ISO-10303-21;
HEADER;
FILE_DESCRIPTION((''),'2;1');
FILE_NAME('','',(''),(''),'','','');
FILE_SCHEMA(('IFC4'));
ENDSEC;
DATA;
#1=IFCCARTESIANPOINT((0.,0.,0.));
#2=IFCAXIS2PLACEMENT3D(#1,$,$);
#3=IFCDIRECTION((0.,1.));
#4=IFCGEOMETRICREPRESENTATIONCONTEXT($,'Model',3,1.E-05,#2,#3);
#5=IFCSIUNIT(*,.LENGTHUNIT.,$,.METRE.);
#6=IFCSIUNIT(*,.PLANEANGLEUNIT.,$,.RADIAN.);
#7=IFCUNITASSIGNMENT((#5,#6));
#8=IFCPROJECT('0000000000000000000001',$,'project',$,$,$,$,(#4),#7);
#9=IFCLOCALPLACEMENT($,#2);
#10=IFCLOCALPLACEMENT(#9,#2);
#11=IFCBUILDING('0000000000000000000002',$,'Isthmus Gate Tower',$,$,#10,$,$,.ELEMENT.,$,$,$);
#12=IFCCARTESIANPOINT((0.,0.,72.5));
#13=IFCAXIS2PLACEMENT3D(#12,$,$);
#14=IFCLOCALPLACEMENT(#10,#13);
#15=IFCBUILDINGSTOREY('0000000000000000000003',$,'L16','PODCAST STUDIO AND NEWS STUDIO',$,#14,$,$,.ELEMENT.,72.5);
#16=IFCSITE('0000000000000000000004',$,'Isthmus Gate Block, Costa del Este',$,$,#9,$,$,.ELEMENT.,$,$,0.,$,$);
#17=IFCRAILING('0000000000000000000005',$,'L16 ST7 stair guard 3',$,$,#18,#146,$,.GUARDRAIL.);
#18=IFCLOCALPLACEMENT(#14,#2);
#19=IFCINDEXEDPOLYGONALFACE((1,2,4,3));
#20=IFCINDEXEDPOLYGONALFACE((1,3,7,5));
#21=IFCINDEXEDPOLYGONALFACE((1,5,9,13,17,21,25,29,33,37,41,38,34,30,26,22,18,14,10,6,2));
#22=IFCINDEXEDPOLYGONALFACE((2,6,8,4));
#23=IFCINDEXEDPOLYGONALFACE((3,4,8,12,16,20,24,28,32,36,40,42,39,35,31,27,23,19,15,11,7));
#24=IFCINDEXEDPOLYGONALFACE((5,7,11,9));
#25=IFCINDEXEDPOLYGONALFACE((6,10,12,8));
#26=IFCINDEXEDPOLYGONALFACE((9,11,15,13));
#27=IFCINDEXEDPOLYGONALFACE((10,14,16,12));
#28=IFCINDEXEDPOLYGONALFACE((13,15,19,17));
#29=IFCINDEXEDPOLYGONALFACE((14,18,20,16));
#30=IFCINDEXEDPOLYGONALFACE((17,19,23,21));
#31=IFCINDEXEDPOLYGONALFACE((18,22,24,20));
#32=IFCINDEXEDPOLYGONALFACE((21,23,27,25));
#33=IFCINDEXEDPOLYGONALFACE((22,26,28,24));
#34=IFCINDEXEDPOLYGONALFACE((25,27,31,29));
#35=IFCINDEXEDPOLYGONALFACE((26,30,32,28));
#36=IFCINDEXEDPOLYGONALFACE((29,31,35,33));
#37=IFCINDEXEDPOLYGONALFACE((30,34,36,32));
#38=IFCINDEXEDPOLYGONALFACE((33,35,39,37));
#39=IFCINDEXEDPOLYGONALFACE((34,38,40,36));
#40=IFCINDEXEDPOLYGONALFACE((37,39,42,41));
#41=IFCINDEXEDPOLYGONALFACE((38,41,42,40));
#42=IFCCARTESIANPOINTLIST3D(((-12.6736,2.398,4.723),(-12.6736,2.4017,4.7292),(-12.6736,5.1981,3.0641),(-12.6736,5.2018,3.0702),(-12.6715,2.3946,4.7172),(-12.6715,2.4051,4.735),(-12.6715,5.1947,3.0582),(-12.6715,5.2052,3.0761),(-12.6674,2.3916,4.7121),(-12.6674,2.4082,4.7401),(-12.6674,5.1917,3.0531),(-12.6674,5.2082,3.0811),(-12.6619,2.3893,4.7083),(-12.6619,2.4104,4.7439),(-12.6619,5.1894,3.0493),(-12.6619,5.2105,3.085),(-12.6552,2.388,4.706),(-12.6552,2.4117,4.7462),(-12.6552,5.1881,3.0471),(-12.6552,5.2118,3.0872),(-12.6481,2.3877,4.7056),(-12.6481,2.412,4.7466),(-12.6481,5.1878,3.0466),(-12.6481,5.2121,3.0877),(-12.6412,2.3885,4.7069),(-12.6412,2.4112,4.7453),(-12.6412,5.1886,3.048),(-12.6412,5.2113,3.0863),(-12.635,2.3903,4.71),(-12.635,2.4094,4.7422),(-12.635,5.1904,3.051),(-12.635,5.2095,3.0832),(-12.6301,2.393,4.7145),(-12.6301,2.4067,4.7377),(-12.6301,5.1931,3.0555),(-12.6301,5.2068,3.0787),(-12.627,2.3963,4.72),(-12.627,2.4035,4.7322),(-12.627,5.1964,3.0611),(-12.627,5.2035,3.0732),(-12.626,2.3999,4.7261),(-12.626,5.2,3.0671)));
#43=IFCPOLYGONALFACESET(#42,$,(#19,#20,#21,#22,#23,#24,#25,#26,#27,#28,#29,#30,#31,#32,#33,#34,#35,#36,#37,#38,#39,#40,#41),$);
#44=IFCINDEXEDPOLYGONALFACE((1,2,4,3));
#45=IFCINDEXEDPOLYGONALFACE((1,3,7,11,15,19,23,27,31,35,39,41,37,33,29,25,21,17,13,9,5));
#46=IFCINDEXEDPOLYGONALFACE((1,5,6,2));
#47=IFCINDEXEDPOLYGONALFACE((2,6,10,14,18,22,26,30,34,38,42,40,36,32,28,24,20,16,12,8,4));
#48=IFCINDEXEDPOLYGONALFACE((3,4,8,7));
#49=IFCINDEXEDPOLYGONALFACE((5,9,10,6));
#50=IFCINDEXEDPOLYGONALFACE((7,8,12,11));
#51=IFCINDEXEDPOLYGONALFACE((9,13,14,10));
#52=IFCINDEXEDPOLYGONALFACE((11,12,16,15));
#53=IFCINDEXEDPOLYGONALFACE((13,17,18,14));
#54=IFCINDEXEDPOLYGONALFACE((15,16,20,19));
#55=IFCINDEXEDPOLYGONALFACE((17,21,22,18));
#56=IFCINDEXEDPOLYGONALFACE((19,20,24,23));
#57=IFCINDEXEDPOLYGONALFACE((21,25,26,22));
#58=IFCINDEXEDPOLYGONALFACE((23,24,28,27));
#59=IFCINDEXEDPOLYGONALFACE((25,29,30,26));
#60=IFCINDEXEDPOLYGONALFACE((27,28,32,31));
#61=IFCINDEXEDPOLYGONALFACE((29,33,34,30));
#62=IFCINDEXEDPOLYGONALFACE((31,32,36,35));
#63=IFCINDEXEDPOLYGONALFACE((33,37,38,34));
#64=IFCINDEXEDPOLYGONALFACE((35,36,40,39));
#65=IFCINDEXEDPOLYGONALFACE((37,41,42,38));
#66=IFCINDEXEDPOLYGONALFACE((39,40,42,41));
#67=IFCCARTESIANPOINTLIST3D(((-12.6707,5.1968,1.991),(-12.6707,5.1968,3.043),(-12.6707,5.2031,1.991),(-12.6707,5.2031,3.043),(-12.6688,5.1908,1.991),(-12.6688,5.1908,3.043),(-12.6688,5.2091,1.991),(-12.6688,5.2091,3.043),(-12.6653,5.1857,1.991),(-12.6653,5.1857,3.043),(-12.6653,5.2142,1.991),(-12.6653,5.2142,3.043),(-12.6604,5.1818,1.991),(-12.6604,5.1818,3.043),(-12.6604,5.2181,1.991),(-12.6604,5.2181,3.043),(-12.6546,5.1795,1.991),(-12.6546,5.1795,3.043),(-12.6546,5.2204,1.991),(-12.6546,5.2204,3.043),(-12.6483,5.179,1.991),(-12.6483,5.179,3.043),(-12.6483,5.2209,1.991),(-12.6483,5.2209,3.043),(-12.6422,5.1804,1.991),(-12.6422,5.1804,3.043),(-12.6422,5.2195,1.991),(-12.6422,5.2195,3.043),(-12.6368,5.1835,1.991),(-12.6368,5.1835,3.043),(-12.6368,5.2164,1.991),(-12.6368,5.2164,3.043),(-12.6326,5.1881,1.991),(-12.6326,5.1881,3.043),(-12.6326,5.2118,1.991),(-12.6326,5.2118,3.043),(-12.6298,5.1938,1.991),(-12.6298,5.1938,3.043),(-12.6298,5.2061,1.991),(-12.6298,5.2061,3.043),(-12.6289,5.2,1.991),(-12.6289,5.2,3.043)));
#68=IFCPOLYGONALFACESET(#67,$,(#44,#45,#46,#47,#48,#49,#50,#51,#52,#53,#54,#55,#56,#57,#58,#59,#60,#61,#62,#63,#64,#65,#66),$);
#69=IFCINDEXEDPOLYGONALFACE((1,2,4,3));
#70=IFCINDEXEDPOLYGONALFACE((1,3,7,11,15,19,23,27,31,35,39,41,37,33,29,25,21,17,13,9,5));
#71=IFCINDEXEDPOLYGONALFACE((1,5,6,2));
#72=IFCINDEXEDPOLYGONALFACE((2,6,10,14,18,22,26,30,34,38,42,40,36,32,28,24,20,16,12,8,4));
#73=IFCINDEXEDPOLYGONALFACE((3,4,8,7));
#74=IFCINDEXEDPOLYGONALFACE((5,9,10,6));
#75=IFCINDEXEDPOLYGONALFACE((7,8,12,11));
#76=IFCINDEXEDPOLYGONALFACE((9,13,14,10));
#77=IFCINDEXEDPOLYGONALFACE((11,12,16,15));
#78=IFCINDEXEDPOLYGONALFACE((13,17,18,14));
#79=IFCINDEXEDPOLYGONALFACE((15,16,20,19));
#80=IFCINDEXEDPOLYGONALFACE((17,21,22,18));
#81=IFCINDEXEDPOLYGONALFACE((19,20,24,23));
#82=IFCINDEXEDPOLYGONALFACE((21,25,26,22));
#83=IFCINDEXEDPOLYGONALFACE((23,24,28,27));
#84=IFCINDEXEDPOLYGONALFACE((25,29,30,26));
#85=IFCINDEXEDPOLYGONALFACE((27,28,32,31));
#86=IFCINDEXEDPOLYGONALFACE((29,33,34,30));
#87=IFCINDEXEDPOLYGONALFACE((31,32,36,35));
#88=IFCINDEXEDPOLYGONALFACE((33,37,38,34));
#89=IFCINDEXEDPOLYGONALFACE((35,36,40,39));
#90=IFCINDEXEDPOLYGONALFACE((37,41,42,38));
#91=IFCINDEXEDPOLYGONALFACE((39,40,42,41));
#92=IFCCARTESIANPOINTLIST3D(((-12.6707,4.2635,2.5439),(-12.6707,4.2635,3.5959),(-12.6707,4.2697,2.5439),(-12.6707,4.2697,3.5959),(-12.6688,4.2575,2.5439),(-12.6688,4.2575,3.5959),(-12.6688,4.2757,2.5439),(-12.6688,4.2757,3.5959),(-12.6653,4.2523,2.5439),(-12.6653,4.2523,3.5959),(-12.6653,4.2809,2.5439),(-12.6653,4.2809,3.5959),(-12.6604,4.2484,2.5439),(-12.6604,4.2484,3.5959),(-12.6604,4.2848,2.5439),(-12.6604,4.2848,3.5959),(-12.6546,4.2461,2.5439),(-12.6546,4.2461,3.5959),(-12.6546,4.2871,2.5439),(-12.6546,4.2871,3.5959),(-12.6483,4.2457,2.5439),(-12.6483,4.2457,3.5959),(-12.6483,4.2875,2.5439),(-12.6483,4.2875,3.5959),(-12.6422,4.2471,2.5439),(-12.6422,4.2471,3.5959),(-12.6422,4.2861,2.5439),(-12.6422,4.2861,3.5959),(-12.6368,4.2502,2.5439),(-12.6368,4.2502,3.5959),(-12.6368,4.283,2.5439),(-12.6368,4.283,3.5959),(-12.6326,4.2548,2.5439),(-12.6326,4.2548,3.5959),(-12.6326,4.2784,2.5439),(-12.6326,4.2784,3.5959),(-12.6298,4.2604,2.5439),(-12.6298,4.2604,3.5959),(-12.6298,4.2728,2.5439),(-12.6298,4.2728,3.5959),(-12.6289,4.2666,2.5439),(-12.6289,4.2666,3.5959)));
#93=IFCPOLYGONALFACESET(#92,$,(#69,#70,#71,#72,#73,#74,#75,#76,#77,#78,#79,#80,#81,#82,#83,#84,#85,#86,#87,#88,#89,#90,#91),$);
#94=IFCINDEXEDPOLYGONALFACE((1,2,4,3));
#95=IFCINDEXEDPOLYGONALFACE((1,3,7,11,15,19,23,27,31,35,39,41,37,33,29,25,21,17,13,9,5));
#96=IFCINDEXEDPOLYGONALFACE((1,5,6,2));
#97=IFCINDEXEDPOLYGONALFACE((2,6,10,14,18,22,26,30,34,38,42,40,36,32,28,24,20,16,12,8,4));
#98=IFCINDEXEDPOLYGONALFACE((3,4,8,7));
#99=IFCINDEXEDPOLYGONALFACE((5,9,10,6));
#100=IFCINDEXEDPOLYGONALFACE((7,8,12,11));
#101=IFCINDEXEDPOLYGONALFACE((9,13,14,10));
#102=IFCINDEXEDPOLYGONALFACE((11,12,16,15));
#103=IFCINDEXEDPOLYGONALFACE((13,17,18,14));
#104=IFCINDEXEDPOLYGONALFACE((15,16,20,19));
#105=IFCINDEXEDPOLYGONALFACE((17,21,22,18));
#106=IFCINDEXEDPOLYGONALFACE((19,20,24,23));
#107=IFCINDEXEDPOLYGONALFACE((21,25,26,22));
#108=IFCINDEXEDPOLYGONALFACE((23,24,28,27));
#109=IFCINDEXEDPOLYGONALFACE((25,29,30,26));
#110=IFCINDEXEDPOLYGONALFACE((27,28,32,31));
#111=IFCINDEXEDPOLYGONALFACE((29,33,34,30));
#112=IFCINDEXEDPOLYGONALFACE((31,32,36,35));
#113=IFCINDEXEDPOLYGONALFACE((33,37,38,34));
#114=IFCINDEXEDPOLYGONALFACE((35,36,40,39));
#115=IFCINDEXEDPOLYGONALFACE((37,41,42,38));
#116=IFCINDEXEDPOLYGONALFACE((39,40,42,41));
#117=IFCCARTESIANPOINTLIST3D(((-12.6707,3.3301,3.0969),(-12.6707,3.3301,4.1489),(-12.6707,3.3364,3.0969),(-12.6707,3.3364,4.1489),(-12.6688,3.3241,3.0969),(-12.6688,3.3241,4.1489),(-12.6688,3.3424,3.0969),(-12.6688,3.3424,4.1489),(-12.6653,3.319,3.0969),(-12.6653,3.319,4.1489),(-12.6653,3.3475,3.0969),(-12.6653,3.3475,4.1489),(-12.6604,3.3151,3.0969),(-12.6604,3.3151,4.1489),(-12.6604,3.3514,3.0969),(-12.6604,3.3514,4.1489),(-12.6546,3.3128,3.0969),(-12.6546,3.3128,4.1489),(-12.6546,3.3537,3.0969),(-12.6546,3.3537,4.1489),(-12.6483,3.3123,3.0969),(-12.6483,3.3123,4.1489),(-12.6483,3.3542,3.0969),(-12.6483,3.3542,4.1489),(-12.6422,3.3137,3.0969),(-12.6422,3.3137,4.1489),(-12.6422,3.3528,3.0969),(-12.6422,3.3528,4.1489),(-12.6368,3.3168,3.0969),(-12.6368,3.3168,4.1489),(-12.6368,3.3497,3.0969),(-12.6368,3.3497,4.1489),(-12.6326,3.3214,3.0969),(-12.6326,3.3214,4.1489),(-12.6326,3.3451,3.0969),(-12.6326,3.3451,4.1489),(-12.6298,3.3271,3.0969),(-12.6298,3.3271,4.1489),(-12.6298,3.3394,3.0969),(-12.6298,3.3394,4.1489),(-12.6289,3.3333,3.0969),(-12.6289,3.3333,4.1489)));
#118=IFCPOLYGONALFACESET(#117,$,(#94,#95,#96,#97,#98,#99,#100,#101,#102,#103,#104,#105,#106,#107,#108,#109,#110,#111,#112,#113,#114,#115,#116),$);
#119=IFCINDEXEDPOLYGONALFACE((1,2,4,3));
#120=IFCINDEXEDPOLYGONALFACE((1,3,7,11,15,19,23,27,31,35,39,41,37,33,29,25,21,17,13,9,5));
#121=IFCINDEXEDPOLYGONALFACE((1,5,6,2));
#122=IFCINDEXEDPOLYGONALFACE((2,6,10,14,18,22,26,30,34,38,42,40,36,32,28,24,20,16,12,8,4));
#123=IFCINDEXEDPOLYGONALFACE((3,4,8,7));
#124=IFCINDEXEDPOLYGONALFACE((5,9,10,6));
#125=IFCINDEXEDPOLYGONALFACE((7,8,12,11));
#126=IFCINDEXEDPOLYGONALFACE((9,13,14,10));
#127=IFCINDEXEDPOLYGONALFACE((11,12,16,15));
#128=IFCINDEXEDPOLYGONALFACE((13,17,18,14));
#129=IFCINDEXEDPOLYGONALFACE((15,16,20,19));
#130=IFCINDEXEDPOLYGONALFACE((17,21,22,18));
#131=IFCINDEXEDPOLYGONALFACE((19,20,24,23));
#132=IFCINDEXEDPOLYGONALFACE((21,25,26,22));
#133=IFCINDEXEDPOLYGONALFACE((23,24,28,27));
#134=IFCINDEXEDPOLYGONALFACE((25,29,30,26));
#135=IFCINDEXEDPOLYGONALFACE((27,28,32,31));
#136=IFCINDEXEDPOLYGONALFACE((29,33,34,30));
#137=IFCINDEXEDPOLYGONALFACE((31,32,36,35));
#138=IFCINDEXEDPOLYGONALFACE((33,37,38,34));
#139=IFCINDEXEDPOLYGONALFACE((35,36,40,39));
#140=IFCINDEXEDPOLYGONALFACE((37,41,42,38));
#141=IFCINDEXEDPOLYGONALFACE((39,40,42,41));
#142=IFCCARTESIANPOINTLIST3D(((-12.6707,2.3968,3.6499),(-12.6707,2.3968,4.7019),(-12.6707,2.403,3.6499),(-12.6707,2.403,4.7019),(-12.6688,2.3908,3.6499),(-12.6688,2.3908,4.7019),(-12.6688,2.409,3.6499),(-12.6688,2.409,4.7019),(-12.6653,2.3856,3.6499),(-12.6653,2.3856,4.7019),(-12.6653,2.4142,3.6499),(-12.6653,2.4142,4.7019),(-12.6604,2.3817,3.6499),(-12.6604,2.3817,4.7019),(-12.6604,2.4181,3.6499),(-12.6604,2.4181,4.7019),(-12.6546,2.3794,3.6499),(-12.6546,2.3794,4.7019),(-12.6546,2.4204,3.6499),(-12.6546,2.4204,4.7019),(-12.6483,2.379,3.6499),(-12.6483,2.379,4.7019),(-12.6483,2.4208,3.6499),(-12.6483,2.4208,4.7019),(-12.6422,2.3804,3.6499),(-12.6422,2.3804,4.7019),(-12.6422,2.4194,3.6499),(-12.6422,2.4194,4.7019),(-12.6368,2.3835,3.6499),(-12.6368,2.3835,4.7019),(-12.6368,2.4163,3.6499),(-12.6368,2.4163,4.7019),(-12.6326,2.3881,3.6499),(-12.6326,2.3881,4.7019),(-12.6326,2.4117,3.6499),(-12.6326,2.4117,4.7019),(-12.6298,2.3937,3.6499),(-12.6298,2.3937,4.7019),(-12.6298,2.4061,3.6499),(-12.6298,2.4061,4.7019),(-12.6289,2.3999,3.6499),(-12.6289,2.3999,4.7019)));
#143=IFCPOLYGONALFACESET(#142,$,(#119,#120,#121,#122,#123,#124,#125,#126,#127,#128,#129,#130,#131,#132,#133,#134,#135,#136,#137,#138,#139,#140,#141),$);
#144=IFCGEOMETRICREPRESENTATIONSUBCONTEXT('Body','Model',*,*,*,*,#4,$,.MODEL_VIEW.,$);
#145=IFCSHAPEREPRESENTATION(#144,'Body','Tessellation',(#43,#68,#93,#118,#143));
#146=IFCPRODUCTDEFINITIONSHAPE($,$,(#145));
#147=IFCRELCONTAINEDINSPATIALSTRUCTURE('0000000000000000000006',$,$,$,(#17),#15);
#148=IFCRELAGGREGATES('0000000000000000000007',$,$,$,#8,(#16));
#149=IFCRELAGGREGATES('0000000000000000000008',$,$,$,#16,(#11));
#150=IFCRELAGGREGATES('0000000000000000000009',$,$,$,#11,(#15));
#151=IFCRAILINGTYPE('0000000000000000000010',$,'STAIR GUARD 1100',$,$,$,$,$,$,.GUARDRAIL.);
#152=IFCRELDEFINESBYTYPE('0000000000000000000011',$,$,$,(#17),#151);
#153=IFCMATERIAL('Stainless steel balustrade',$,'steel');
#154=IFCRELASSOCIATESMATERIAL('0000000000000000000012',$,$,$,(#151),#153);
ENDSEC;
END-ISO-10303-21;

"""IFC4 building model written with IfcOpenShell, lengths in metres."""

from ifc_helpers import new_model, si_unit, direction, frame, origin, origin_2d, place, context, subcontext, project, spatial, circle, extrude, material, type_object, element, save


model = new_model("IFC4")

# Units and contexts
model_context = context("Model", 3, precision=1e-05, world=origin(), true_north=direction((0.0, 1.0)))
body_context = subcontext(model_context, "Body", "Model", "MODEL_VIEW")
ifc_project = project(units=[si_unit("LENGTHUNIT", "METRE"), si_unit("PLANEANGLEUNIT", "RADIAN")], contexts=[model_context])

# Site, building, storey
site_placement = place(None, origin())
site = spatial("IfcSite", under=ifc_project, at=site_placement, Name="Isthmus Gate Block, Costa del Este", CompositionType="ELEMENT", RefElevation=0.0)
building_placement = place(site_placement, origin())
building = spatial("IfcBuilding", under=site, at=building_placement, Name="Isthmus Gate Tower", CompositionType="ELEMENT")
storey_placement = place(building_placement, frame((0.0, 0.0, 72.5)))
storey = spatial("IfcBuildingStorey", under=building, at=storey_placement, Name="L16", Description="PODCAST STUDIO AND NEWS STUDIO", CompositionType="ELEMENT", Elevation=72.5)

# Railing
ifc_material_1 = material(Name="Stainless steel balustrade", Category="steel")
railing_type_1 = type_object("IfcRailingType", Name="STAIR GUARD 1100", PredefinedType="GUARDRAIL", material=ifc_material_1)
railing_1_placement = place(storey_placement, frame((-12.6499, 5.2, 1.991)))
element("IfcRailing", 1, at=railing_1_placement, inside=storey, type_object=railing_type_1, Name="L16 ST7 stair guard 3", PredefinedType="GUARDRAIL", context=body_context, shape_type="SweptSolid", body=[
    extrude(circle(Radius=0.0239, at=origin_2d()), frame((0.0, 0.0, 1.0762), z_axis=(0.0, -0.860339, 0.509722), x_axis=(1.0, 0.0, 0.0)), (0.0, 0.0, 1.0), 3.2546),
    extrude(circle(Radius=0.021, at=origin_2d()), origin(), (0.0, 0.0, 1.0), 1.052),
    extrude(circle(Radius=0.021, at=origin_2d()), frame((0.0, -0.9333, 0.553)), (0.0, 0.0, 1.0), 1.052),
    extrude(circle(Radius=0.021, at=origin_2d()), frame((0.0, -1.8667, 1.106)), (0.0, 0.0, 1.0), 1.052),
    extrude(circle(Radius=0.021, at=origin_2d()), frame((0.0, -2.8, 1.6589)), (0.0, 0.0, 1.0), 1.052),
])

save(model, "model.ifc")
